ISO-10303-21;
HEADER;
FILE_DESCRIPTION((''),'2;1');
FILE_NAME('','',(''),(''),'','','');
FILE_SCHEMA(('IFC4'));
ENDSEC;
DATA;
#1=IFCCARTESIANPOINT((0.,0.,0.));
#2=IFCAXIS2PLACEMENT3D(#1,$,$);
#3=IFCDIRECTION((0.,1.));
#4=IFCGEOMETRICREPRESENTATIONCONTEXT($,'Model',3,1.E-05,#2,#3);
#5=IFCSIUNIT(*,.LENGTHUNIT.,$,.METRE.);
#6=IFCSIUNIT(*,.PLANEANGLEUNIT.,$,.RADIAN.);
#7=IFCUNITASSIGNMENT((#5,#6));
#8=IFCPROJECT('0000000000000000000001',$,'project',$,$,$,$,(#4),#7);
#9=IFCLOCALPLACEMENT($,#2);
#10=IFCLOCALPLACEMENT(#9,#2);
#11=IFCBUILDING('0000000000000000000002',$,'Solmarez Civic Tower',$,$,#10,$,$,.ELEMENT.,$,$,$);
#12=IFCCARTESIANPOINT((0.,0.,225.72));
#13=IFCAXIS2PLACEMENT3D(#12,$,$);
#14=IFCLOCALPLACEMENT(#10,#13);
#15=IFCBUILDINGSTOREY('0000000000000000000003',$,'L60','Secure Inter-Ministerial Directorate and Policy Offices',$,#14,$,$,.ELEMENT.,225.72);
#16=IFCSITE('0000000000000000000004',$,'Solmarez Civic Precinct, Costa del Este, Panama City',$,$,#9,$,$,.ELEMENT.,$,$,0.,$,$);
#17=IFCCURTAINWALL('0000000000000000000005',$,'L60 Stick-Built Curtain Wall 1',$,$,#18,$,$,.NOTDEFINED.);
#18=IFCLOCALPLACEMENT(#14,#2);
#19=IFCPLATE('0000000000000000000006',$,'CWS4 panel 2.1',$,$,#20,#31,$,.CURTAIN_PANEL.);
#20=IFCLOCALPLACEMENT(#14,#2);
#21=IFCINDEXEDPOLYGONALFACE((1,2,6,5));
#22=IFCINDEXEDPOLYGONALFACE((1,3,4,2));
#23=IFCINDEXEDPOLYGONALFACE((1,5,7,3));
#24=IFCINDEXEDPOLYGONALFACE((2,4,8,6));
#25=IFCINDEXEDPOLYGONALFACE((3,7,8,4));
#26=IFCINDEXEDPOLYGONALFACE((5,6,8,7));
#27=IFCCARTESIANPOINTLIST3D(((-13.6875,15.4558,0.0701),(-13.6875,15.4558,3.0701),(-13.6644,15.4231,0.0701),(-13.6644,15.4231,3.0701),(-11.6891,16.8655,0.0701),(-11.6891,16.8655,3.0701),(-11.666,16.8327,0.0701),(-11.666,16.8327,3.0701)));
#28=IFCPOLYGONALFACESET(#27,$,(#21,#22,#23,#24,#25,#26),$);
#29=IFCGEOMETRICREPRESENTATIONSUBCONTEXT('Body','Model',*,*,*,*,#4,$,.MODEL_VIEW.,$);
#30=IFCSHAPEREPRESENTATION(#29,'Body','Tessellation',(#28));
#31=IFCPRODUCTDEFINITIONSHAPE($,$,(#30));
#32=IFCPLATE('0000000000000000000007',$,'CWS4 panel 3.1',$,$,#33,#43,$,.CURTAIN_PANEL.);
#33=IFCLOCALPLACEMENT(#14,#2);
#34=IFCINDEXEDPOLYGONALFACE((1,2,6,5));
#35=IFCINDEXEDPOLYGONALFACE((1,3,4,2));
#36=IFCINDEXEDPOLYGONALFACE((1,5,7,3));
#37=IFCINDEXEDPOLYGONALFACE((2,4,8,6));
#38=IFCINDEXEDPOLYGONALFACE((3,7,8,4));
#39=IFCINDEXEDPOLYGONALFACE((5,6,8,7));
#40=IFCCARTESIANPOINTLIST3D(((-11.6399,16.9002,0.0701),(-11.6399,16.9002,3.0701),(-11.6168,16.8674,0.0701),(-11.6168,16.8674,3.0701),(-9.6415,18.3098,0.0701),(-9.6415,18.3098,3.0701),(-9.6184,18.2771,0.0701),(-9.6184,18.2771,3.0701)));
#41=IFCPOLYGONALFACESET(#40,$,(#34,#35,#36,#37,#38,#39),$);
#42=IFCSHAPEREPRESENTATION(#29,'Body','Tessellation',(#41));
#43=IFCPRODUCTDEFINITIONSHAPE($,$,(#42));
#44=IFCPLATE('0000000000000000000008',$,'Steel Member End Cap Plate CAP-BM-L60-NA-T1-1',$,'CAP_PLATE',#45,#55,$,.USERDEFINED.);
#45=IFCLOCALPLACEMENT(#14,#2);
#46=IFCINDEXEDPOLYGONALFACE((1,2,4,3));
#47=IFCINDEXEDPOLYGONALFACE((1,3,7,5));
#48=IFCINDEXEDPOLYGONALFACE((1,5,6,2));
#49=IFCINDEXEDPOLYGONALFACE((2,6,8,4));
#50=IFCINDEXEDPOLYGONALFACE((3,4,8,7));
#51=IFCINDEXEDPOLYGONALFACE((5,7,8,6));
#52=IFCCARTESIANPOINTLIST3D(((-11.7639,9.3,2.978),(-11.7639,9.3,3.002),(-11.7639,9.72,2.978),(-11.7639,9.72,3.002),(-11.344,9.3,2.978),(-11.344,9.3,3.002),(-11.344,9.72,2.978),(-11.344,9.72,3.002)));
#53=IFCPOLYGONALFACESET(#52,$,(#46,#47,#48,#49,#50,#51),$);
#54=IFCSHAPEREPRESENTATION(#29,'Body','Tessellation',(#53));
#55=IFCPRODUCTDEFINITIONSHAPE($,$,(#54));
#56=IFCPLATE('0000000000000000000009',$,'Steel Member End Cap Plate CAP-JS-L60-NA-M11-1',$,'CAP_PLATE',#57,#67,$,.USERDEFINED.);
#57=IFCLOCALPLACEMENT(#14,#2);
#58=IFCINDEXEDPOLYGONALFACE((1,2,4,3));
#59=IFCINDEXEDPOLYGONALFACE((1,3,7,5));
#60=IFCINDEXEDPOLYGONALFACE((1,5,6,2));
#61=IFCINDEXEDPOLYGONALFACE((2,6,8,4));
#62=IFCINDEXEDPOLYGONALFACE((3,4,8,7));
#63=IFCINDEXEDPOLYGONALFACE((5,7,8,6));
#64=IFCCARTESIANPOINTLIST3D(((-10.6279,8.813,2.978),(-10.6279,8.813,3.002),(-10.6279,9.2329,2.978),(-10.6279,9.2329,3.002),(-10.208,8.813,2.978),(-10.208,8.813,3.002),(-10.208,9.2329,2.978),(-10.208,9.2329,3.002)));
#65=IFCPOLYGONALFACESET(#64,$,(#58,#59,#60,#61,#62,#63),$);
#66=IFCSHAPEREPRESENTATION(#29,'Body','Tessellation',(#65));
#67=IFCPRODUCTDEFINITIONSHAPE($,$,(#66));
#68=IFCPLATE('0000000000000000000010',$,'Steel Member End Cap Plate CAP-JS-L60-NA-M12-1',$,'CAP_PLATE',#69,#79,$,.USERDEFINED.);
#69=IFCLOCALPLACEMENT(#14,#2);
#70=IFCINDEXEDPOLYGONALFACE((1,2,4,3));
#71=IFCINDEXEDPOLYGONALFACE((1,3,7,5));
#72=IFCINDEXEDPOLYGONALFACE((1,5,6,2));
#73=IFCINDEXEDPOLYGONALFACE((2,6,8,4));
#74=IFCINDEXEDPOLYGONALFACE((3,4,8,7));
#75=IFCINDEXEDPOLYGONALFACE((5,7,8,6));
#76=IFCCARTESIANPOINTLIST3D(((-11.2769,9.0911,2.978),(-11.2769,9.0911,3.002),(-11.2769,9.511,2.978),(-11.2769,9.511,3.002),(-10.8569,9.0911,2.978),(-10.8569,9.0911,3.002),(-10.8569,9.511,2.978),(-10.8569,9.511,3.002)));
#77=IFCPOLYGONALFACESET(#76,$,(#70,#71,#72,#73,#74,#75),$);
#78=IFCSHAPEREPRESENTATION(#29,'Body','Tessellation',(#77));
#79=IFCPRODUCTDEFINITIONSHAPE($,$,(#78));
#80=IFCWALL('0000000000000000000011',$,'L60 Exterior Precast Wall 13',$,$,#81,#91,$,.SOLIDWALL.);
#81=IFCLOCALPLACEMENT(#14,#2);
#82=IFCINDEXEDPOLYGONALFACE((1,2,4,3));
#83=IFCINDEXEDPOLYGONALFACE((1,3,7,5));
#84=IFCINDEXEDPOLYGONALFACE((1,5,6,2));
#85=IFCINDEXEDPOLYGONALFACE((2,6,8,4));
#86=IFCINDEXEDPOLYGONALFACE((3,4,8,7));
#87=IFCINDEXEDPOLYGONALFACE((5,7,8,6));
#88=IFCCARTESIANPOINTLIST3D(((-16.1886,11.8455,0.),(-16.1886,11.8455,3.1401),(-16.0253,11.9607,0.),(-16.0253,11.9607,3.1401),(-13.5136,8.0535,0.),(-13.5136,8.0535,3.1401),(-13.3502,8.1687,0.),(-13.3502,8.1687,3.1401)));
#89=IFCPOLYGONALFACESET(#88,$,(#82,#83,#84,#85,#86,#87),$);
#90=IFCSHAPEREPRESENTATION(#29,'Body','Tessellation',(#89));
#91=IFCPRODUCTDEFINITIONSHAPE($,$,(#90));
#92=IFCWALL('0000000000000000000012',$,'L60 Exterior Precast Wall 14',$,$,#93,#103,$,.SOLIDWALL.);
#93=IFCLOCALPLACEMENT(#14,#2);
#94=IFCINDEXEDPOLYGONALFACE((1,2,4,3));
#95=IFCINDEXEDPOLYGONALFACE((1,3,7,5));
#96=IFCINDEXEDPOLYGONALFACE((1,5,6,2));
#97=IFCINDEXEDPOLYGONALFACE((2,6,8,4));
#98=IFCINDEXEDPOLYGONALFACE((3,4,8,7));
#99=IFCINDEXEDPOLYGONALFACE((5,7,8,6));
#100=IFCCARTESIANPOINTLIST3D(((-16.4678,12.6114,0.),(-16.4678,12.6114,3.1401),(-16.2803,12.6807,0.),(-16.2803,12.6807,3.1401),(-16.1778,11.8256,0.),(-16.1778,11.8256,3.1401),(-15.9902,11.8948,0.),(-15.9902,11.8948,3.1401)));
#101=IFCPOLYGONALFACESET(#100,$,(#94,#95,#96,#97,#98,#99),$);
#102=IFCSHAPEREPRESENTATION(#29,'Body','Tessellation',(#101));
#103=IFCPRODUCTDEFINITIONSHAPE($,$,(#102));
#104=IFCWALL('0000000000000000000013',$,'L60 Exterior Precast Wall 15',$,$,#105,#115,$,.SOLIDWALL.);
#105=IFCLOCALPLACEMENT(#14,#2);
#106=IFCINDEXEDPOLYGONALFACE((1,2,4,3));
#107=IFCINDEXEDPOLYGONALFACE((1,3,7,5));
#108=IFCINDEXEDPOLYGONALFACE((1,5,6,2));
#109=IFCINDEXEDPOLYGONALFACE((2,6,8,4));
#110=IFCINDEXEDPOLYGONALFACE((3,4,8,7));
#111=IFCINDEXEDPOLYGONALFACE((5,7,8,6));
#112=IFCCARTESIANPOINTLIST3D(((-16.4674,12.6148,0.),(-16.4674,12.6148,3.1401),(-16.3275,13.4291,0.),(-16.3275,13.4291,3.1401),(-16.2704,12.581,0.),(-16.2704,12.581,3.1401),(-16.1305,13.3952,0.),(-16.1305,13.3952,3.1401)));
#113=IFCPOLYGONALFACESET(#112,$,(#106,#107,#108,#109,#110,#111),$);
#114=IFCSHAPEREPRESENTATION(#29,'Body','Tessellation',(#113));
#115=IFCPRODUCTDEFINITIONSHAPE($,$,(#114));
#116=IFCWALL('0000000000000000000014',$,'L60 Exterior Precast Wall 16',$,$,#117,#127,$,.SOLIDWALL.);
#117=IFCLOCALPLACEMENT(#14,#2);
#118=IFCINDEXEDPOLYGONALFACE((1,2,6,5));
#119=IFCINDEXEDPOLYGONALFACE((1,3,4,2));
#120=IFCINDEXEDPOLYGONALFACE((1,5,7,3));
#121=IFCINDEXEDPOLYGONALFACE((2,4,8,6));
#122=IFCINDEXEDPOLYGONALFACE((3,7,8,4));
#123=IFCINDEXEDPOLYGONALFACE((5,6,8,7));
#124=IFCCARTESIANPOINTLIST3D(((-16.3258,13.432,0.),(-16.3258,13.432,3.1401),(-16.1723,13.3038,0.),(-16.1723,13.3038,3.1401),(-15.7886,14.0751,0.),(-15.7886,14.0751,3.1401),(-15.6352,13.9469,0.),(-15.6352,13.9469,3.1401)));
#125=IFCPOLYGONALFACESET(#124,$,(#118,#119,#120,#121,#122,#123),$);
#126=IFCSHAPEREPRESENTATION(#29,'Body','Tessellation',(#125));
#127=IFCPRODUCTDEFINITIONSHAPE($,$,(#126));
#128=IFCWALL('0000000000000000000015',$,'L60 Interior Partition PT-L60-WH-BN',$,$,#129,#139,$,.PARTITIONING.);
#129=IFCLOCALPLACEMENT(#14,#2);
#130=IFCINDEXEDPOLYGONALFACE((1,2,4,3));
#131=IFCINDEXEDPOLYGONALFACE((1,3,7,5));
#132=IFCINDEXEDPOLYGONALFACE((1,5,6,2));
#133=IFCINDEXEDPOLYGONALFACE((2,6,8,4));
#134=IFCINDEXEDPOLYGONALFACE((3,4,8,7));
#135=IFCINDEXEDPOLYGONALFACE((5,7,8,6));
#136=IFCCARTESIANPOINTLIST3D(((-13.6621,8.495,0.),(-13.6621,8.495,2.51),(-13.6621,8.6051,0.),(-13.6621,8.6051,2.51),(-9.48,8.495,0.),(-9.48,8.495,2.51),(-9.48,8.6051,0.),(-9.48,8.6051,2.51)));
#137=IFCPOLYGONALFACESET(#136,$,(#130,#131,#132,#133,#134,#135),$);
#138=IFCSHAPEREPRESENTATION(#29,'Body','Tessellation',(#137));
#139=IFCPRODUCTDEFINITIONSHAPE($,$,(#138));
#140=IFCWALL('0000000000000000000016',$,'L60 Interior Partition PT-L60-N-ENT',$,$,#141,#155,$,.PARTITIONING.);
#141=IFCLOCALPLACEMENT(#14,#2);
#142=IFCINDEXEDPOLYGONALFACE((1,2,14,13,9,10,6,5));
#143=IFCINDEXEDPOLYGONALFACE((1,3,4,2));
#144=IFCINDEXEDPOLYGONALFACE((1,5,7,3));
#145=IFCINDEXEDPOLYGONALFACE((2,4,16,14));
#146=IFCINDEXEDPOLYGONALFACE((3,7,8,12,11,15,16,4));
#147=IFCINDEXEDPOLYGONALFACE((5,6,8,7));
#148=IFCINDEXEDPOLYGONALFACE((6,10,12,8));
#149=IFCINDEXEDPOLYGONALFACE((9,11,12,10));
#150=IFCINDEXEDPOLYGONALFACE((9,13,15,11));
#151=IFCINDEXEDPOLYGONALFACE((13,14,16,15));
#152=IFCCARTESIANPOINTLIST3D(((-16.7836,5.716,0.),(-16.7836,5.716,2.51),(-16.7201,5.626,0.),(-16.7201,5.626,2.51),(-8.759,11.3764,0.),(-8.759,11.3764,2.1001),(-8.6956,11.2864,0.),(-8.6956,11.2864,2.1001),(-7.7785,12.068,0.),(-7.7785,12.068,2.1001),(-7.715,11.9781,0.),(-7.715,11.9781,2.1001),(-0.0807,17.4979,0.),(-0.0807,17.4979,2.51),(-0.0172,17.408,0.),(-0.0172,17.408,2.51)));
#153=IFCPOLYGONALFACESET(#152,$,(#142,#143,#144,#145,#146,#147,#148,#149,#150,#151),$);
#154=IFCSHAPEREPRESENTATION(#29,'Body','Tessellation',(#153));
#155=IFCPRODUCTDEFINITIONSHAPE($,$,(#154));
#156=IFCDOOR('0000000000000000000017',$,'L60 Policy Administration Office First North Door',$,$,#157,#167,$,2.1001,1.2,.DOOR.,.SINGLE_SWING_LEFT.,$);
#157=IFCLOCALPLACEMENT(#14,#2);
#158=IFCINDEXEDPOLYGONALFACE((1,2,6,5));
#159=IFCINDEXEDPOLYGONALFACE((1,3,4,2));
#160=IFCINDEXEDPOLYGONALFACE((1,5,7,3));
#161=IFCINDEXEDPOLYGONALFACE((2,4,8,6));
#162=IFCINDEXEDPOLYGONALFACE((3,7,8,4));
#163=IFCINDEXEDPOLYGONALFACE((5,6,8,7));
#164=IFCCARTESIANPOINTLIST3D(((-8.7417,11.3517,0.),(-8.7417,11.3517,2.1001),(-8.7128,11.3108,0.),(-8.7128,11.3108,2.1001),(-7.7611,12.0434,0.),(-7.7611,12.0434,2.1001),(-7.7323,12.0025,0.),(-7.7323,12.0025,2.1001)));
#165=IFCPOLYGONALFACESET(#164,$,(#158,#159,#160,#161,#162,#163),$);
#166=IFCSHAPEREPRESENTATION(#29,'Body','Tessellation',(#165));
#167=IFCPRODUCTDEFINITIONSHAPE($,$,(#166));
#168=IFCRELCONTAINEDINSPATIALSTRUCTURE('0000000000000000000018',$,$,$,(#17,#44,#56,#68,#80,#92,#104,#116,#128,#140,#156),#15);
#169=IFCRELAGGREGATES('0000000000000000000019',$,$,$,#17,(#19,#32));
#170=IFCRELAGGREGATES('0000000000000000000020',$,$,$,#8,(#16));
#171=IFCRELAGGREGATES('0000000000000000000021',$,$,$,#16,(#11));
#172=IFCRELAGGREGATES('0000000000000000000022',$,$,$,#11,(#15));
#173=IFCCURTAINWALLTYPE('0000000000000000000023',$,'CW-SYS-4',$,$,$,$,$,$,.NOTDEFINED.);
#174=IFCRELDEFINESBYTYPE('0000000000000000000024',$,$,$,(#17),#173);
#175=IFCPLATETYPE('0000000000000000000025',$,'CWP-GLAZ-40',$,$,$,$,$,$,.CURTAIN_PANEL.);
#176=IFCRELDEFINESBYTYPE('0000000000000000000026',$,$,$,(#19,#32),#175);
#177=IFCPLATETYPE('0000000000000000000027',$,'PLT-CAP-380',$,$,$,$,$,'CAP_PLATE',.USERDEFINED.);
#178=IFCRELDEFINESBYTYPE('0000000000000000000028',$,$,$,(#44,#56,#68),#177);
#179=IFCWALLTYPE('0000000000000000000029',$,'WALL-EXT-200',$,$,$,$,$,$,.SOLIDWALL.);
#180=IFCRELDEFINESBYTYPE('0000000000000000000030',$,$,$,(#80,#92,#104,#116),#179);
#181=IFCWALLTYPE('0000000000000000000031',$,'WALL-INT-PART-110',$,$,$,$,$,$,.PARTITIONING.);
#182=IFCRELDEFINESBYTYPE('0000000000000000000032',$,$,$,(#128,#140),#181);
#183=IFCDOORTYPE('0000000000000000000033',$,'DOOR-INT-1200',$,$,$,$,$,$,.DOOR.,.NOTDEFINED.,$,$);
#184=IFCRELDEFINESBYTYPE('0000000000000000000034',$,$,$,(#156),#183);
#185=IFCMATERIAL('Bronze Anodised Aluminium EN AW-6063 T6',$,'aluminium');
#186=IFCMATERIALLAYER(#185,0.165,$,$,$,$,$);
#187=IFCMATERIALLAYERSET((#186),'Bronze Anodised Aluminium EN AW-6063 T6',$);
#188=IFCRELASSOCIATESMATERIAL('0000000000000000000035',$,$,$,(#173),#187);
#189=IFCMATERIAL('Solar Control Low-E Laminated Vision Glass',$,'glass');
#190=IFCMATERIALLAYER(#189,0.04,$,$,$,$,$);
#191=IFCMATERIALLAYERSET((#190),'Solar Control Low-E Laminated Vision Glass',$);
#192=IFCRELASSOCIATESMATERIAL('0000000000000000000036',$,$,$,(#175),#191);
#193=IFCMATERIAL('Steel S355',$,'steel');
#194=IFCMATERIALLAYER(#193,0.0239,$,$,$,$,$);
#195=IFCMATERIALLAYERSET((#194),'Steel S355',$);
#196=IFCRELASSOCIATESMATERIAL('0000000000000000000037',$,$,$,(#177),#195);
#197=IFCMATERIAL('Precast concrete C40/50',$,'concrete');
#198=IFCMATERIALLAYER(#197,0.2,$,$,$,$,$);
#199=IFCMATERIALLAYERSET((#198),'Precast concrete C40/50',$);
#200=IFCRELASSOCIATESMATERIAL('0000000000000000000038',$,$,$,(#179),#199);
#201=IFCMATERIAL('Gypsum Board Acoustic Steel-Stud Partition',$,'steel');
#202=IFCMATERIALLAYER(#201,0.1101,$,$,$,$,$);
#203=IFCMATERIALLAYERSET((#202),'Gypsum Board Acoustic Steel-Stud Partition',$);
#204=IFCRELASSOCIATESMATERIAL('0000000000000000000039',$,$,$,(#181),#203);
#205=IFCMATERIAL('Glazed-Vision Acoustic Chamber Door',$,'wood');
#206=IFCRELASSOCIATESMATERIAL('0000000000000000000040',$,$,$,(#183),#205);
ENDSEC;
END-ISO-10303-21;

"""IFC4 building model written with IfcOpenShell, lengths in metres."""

from ifc_helpers import new_model, si_unit, direction, frame, frame_2d, origin, origin_2d, place, context, subcontext, project, spatial, rectangle, extrude, material, layer, layer_set, type_object, element, fill, aggregate, save


model = new_model("IFC4")

# Units and contexts
model_context = context("Model", 3, precision=1e-05, world=origin(), true_north=direction((0.0, 1.0)))
body_context = subcontext(model_context, "Body", "Model", "MODEL_VIEW")
ifc_project = project(units=[si_unit("LENGTHUNIT", "METRE"), si_unit("PLANEANGLEUNIT", "RADIAN")], contexts=[model_context])

# Site, building, storey
site_placement = place(None, origin())
site = spatial("IfcSite", under=ifc_project, at=site_placement, Name="Solmarez Civic Precinct, Costa del Este, Panama City", CompositionType="ELEMENT", RefElevation=0.0)
building_placement = place(site_placement, origin())
building = spatial("IfcBuilding", under=site, at=building_placement, Name="Solmarez Civic Tower", CompositionType="ELEMENT")
storey_placement = place(building_placement, frame((0.0, 0.0, 225.72)))
storey = spatial("IfcBuildingStorey", under=building, at=storey_placement, Name="L60", Description="Secure Inter-Ministerial Directorate and Policy Offices", CompositionType="ELEMENT", Elevation=225.72)

# Shared definitions
ifc_material_1 = material(Name="Steel S355", Category="steel")

# Curtain wall, plates
ifc_material_2 = material(Name="Bronze Anodised Aluminium EN AW-6063 T6", Category="aluminium")
ifc_layer_1 = layer(ifc_material_2, 0.165)
ifc_layer_set_1 = layer_set([ifc_layer_1], Name="Bronze Anodised Aluminium EN AW-6063 T6")
curtain_wall_type = type_object("IfcCurtainWallType", Name="CW-SYS-4", PredefinedType="NOTDEFINED", material=ifc_layer_set_1)
curtain_wall_placement = place(storey_placement, origin())
curtain_wall = element("IfcCurtainWall", 1, at=curtain_wall_placement, inside=storey, type_object=curtain_wall_type, Name="L60 Stick-Built Curtain Wall 1", PredefinedType="NOTDEFINED")
ifc_material_3 = material(Name="Solar Control Low-E Laminated Vision Glass", Category="glass")
ifc_layer_2 = layer(ifc_material_3, 0.04)
ifc_layer_set_2 = layer_set([ifc_layer_2], Name="Solar Control Low-E Laminated Vision Glass")
plate_type_1 = type_object("IfcPlateType", Name="CWP-GLAZ-40", PredefinedType="CURTAIN_PANEL", material=ifc_layer_set_2)
plate_1_placement = place(storey_placement, frame((-12.6768, 16.1443, 0.0701), z_axis=(0.0, 0.0, 1.0), x_axis=(0.817164, 0.576405, 0.0)))
plate_1 = element("IfcPlate", 2, at=plate_1_placement, type_object=plate_type_1, Name="CWS4 panel 2.1", PredefinedType="CURTAIN_PANEL", context=body_context, shape_type="SweptSolid", body=[
    extrude(rectangle(XDim=2.4456, YDim=0.04, at=origin_2d()), origin(), (0.0, 0.0, 1.0), 3.0),
])
plate_2_placement = place(storey_placement, frame((-10.6292, 17.5886, 0.0701), z_axis=(0.0, 0.0, 1.0), x_axis=(0.817164, 0.576405, 0.0)))
plate_2 = element("IfcPlate", 3, at=plate_2_placement, type_object=plate_type_1, Name="CWS4 panel 3.1", PredefinedType="CURTAIN_PANEL", context=body_context, shape_type="SweptSolid", body=[
    extrude(rectangle(XDim=2.4456, YDim=0.04, at=origin_2d()), origin(), (0.0, 0.0, 1.0), 3.0),
])
aggregate(curtain_wall, [plate_1, plate_2])

# Plates
ifc_layer_3 = layer(ifc_material_1, 0.0239)
ifc_layer_set_3 = layer_set([ifc_layer_3], Name="Steel S355")
plate_type_2 = type_object("IfcPlateType", Name="PLT-CAP-380", ElementType="CAP_PLATE", PredefinedType="USERDEFINED", material=ifc_layer_set_3)
for number, where, z_axis, x_axis, name in (
    (4, (-11.554, 9.51, 2.978), (0.0, 0.0, 1.0), (1.0, 0.0, 0.0), "Steel Member End Cap Plate CAP-BM-L60-NA-T1-1"),
    (5, (-10.418, 9.0229, 2.978), (0.0, 0.0, 1.0), (1.0, 0.0, 0.0), "Steel Member End Cap Plate CAP-JS-L60-NA-M11-1"),
    (6, (-11.0669, 9.301, 2.978), (0.0, 0.0, 1.0), (1.0, 0.0, 0.0), "Steel Member End Cap Plate CAP-JS-L60-NA-M12-1"),
):
    element("IfcPlate", number, at=place(storey_placement, frame(where, z_axis=z_axis, x_axis=x_axis)), inside=storey, type_object=plate_type_2, Name=name, ObjectType="CAP_PLATE", PredefinedType="USERDEFINED", context=body_context, shape_type="SweptSolid", body=[
        extrude(rectangle(XDim=0.4199, YDim=0.4199, at=origin_2d()), origin(), (0.0, 0.0, 1.0), 0.0239),
    ])

# Walls
ifc_material_4 = material(Name="Precast concrete C40/50", Category="concrete")
ifc_layer_4 = layer(ifc_material_4, 0.2)
ifc_layer_set_4 = layer_set([ifc_layer_4], Name="Precast concrete C40/50")
wall_type_1 = type_object("IfcWallType", Name="WALL-EXT-200", PredefinedType="SOLIDWALL", material=ifc_layer_set_4)
wall_1_placement = place(storey_placement, frame((-13.4319, 8.1111, 0.0), z_axis=(0.0, 0.0, 1.0), x_axis=(-0.576446, 0.817135, 0.0)))
element("IfcWall", 7, at=wall_1_placement, inside=storey, type_object=wall_type_1, Name="L60 Exterior Precast Wall 13", PredefinedType="SOLIDWALL", context=body_context, shape_type="SweptSolid", body=[
    extrude(rectangle(XDim=4.6406, YDim=0.2, at=frame_2d((2.3203, 0.0))), origin(), (0.0, 0.0, 1.0), 3.1401),
])
wall_2_placement = place(storey_placement, frame((-16.084, 11.8601, 0.0), z_axis=(0.0, 0.0, 1.0), x_axis=(-0.346232, 0.938149, 0.0)))
element("IfcWall", 8, at=wall_2_placement, inside=storey, type_object=wall_type_1, Name="L60 Exterior Precast Wall 14", PredefinedType="SOLIDWALL", context=body_context, shape_type="SweptSolid", body=[
    extrude(rectangle(XDim=0.8376, YDim=0.2, at=frame_2d((0.4189, 0.0))), origin(), (0.0, 0.0, 1.0), 3.1401),
])
wall_3_placement = place(storey_placement, frame((-16.3689, 12.5979, 0.0), z_axis=(0.0, 0.0, 1.0), x_axis=(0.169333, 0.985559, 0.0)))
element("IfcWall", 9, at=wall_3_placement, inside=storey, type_object=wall_type_1, Name="L60 Exterior Precast Wall 15", PredefinedType="SOLIDWALL", context=body_context, shape_type="SweptSolid", body=[
    extrude(rectangle(XDim=0.8262, YDim=0.2, at=frame_2d((0.4131, 0.0))), origin(), (0.0, 0.0, 1.0), 3.1401),
])
wall_4_placement = place(storey_placement, frame((-16.249, 13.3679, 0.0), z_axis=(0.0, 0.0, 1.0), x_axis=(0.641044, 0.767504, 0.0)))
element("IfcWall", 10, at=wall_4_placement, inside=storey, type_object=wall_type_1, Name="L60 Exterior Precast Wall 16", PredefinedType="SOLIDWALL", context=body_context, shape_type="SweptSolid", body=[
    extrude(rectangle(XDim=0.8379, YDim=0.2, at=frame_2d((0.4189, 0.0))), origin(), (0.0, 0.0, 1.0), 3.1401),
])
ifc_material_5 = material(Name="Gypsum Board Acoustic Steel-Stud Partition", Category="steel")
ifc_layer_5 = layer(ifc_material_5, 0.1101)
ifc_layer_set_5 = layer_set([ifc_layer_5], Name="Gypsum Board Acoustic Steel-Stud Partition")
wall_type_2 = type_object("IfcWallType", Name="WALL-INT-PART-110", PredefinedType="PARTITIONING", material=ifc_layer_set_5)
wall_5_placement = place(storey_placement, frame((-13.6621, 8.55, 0.0), z_axis=(0.0, 0.0, 1.0), x_axis=(1.0, 0.0, 0.0)))
element("IfcWall", 11, at=wall_5_placement, inside=storey, type_object=wall_type_2, Name="L60 Interior Partition PT-L60-WH-BN", PredefinedType="PARTITIONING", context=body_context, shape_type="SweptSolid", body=[
    extrude(rectangle(XDim=4.1821, YDim=0.1101, at=frame_2d((2.0911, 0.0))), origin(), (0.0, 0.0, 1.0), 2.51),
])

# Wall, opening, door
wall_6_placement = place(storey_placement, frame((-16.752, 5.6709, 0.0), z_axis=(0.0, 0.0, 1.0), x_axis=(0.817159, 0.576413, 0.0)))
wall_6 = element("IfcWall", 12, at=wall_6_placement, inside=storey, type_object=wall_type_2, Name="L60 Interior Partition PT-L60-N-ENT", PredefinedType="PARTITIONING", context=body_context, shape_type="SweptSolid", body=[
    extrude(rectangle(XDim=20.4402, YDim=0.1101, at=frame_2d((10.2202, 0.0))), origin(), (0.0, 0.0, 1.0), 2.51),
])
opening_1_placement = place(wall_6_placement, frame((9.8201, 0.0, 0.0)))
opening_1 = element("IfcOpeningElement", 13, at=opening_1_placement, cuts=wall_6, PredefinedType="OPENING", context=body_context, shape_type="SweptSolid", body=[
    extrude(rectangle(XDim=1.2, YDim=2.1001, at=frame_2d((0.6001, 1.05))), frame((0.0, 0.0649, 0.0), z_axis=(0.0, -1.0, 0.0), x_axis=(1.0, 0.0, 0.0)), (0.0, 0.0, 1.0), 0.1301),
])
ifc_material_6 = material(Name="Glazed-Vision Acoustic Chamber Door", Category="wood")
door_type_1 = type_object("IfcDoorType", Name="DOOR-INT-1200", OperationType="NOTDEFINED", PredefinedType="DOOR", material=ifc_material_6)
door_1_placement = place(opening_1_placement, origin())
door_1 = element("IfcDoor", 14, at=door_1_placement, inside=storey, type_object=door_type_1, Name="L60 Policy Administration Office First North Door", OperationType="SINGLE_SWING_LEFT", OverallHeight=2.1001, OverallWidth=1.2, PredefinedType="DOOR", context=body_context, shape_type="SweptSolid", body=[
    extrude(rectangle(XDim=1.2, YDim=2.1001, at=frame_2d((0.6001, 1.05))), frame((0.0, 0.0249, 0.0), z_axis=(0.0, -1.0, 0.0), x_axis=(1.0, 0.0, 0.0)), (0.0, 0.0, 1.0), 0.05),
])
fill(opening_1, door_1)

save(model, "model.ifc")
